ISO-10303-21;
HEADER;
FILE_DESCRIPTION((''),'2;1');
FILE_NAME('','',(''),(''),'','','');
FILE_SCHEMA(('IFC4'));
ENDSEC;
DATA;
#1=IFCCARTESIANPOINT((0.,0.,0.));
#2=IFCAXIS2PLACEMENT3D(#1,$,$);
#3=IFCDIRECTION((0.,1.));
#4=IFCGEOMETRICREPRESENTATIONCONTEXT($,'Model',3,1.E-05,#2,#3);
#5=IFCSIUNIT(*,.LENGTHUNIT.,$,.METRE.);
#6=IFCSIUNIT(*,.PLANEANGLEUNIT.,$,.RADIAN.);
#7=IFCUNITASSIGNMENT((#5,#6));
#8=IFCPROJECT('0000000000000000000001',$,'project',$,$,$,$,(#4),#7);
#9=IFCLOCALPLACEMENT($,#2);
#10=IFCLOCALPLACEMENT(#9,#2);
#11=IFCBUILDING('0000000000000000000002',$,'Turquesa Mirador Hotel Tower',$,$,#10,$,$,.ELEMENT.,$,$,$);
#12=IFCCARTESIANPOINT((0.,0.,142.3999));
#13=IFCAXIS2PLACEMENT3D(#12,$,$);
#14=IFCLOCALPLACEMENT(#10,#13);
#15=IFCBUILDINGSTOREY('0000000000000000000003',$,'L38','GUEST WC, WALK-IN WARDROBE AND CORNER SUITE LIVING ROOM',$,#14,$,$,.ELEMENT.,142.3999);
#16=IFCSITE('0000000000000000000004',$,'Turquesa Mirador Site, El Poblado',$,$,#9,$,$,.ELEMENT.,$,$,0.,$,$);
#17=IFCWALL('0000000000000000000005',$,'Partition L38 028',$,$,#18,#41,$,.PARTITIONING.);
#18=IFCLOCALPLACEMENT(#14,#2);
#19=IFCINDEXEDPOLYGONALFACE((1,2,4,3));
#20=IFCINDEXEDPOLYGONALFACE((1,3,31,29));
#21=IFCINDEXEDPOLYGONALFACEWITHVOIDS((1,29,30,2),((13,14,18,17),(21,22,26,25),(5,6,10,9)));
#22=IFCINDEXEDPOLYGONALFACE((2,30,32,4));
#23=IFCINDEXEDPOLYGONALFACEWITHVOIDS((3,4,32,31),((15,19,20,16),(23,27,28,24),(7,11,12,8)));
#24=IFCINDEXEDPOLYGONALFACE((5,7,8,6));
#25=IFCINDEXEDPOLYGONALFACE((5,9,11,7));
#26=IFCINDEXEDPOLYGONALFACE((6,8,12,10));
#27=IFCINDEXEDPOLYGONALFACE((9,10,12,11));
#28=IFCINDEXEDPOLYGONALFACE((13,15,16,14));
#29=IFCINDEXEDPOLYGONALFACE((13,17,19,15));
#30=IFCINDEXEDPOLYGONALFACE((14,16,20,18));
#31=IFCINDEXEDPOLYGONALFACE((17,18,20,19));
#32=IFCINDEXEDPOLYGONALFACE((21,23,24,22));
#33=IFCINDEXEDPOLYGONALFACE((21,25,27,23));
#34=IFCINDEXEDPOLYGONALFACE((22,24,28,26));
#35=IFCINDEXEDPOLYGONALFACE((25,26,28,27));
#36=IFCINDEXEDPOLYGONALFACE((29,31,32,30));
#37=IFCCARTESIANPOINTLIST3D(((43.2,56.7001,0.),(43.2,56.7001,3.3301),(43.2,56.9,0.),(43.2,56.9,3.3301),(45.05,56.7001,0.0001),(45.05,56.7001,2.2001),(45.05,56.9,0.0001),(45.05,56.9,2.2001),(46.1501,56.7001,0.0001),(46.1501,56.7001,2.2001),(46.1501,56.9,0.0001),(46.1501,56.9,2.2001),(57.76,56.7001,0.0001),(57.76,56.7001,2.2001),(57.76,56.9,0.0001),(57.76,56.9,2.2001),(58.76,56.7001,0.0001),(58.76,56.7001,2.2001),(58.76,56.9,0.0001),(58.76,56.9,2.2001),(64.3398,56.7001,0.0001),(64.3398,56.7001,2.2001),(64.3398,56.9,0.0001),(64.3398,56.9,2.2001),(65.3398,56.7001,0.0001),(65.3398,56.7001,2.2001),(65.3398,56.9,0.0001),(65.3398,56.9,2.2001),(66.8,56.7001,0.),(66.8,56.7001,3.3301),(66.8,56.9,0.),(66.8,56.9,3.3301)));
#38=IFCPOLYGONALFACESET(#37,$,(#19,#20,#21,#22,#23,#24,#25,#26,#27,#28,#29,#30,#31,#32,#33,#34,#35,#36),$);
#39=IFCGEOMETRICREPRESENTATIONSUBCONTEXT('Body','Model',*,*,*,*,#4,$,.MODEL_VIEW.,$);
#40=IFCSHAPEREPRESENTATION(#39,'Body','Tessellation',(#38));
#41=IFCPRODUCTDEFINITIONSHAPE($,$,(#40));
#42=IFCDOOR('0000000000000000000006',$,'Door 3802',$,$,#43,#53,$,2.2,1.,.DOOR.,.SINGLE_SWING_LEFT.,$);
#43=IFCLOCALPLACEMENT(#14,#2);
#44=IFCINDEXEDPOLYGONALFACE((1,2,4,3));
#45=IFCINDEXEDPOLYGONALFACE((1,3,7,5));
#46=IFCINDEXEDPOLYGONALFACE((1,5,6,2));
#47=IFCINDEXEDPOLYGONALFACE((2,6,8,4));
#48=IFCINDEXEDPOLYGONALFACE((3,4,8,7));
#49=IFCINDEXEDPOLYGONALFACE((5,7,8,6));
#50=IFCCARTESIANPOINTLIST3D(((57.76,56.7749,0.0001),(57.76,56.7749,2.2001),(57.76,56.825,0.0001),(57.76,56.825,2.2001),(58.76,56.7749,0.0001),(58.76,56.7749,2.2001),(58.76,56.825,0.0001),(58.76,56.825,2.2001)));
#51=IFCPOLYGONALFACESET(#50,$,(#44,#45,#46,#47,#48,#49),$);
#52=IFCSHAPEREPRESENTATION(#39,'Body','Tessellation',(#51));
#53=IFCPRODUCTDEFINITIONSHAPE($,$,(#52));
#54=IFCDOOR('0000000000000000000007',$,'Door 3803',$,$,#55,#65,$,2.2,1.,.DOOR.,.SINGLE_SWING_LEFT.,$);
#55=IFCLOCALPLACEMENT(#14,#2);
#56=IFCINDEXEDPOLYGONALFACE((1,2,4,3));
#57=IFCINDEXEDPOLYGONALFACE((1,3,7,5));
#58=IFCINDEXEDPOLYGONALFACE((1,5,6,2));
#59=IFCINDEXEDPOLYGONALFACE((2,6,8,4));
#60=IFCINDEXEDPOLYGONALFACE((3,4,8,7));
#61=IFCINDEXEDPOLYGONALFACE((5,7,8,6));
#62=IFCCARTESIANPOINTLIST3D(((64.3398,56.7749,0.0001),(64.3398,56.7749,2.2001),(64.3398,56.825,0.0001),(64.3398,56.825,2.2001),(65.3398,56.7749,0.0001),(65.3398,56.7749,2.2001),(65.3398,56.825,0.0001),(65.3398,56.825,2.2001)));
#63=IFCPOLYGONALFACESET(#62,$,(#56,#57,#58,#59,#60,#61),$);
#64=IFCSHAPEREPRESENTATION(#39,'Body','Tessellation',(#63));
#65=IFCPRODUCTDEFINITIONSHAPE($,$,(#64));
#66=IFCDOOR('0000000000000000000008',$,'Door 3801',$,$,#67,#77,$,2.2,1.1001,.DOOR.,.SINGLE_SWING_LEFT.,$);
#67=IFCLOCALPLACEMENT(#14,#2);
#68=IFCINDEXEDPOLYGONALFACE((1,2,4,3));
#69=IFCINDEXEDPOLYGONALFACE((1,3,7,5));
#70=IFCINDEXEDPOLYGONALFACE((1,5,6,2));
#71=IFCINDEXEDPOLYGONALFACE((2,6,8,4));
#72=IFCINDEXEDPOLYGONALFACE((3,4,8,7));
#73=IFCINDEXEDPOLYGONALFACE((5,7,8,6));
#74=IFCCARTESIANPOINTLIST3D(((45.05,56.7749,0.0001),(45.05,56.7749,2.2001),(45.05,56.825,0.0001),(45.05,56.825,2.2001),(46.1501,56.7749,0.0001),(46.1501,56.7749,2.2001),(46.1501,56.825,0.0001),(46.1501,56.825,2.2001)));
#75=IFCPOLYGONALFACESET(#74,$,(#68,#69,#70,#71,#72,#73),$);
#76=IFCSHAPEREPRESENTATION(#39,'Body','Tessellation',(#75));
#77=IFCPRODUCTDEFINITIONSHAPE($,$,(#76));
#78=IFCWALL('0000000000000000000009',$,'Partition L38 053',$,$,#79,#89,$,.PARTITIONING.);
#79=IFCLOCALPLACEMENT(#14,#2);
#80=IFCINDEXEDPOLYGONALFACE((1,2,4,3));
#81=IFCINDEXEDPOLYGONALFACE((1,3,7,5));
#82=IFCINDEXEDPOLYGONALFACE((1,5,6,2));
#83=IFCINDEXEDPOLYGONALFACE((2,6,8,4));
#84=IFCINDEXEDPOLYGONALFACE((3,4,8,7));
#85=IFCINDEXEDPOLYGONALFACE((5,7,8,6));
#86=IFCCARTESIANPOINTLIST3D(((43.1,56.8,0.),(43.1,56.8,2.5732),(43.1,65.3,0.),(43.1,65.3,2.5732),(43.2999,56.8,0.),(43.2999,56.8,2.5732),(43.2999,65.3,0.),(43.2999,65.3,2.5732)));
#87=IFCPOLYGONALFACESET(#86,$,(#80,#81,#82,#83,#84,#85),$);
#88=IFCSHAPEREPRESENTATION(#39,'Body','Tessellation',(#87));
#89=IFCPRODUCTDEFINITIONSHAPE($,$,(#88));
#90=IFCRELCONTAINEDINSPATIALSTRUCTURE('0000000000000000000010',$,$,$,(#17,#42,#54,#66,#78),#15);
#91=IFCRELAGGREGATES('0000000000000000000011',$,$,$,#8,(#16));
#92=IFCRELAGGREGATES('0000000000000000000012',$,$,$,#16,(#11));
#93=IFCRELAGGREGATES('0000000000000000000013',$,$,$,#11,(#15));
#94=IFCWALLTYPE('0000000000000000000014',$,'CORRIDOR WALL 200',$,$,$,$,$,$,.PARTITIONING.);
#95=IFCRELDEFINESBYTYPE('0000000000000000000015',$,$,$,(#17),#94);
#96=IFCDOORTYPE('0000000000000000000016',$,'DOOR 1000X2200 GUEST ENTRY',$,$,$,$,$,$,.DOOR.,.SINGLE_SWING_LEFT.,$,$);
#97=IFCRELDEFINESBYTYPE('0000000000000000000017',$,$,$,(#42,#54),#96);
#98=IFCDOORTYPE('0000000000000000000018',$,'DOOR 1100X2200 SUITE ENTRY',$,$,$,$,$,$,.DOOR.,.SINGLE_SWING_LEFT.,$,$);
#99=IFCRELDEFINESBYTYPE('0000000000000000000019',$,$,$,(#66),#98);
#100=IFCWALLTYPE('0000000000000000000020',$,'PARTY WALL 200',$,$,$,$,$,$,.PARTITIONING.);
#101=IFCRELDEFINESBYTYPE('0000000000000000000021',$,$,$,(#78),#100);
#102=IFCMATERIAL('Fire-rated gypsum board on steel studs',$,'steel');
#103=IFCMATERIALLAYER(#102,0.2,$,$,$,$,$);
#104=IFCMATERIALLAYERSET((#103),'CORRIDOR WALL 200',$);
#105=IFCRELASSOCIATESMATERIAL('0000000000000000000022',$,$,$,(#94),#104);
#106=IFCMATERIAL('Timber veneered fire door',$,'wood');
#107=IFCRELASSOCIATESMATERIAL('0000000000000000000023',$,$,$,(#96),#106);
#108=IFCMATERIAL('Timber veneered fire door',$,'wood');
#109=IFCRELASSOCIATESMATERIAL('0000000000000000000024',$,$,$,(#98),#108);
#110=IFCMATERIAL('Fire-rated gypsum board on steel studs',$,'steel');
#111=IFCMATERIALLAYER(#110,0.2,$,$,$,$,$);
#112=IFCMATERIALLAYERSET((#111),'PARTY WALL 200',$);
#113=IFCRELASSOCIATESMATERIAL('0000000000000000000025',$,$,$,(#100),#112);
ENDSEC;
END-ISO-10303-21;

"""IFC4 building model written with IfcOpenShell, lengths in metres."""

from ifc_helpers import new_model, si_unit, direction, frame, frame_2d, origin, place, context, subcontext, project, spatial, rectangle, extrude, material, layer, layer_set, type_object, element, fill, save


model = new_model("IFC4")

# Units and contexts
model_context = context("Model", 3, precision=1e-05, world=origin(), true_north=direction((0.0, 1.0)))
body_context = subcontext(model_context, "Body", "Model", "MODEL_VIEW")
ifc_project = project(units=[si_unit("LENGTHUNIT", "METRE"), si_unit("PLANEANGLEUNIT", "RADIAN")], contexts=[model_context])

# Site, building, storey
site_placement = place(None, origin())
site = spatial("IfcSite", under=ifc_project, at=site_placement, Name="Turquesa Mirador Site, El Poblado", CompositionType="ELEMENT", RefElevation=0.0)
building_placement = place(site_placement, origin())
building = spatial("IfcBuilding", under=site, at=building_placement, Name="Turquesa Mirador Hotel Tower", CompositionType="ELEMENT")
storey_placement = place(building_placement, frame((0.0, 0.0, 142.3999)))
storey = spatial("IfcBuildingStorey", under=building, at=storey_placement, Name="L38", Description="GUEST WC, WALK-IN WARDROBE AND CORNER SUITE LIVING ROOM", CompositionType="ELEMENT", Elevation=142.3999)

# Wall, openings, doors
ifc_material_1 = material(Name="Fire-rated gypsum board on steel studs", Category="steel")
ifc_layer_1 = layer(ifc_material_1, 0.2)
ifc_layer_set_1 = layer_set([ifc_layer_1], Name="CORRIDOR WALL 200")
wall_type_1 = type_object("IfcWallType", Name="CORRIDOR WALL 200", PredefinedType="PARTITIONING", material=ifc_layer_set_1)
wall_1_placement = place(storey_placement, frame((43.2, 56.8, 0.0), z_axis=(0.0, 0.0, 1.0), x_axis=(1.0, 0.0, 0.0)))
wall_1 = element("IfcWall", 1, at=wall_1_placement, inside=storey, type_object=wall_type_1, Name="Partition L38 028", PredefinedType="PARTITIONING", context=body_context, shape_type="SweptSolid", body=[
    extrude(rectangle(XDim=23.6001, YDim=0.2, at=frame_2d((11.8, 0.0))), origin(), (0.0, 0.0, 1.0), 3.3301),
])
opening_1_placement = place(wall_1_placement, frame((1.8501, 0.0, 0.0)))
opening_1 = element("IfcOpeningElement", 2, at=opening_1_placement, cuts=wall_1, PredefinedType="OPENING", context=body_context, shape_type="SweptSolid", body=[
    extrude(rectangle(XDim=1.1001, YDim=2.2, at=frame_2d((0.55, 1.1001))), frame((0.0, 0.1099, 0.0), z_axis=(0.0, -1.0, 0.0), x_axis=(1.0, 0.0, 0.0)), (0.0, 0.0, 1.0), 0.22),
])
opening_2_placement = place(wall_1_placement, frame((14.5601, 0.0, 0.0)))
opening_2 = element("IfcOpeningElement", 3, at=opening_2_placement, cuts=wall_1, PredefinedType="OPENING", context=body_context, shape_type="SweptSolid", body=[
    extrude(rectangle(XDim=1.0, YDim=2.2, at=frame_2d((0.5, 1.1001))), frame((0.0, 0.1099, 0.0), z_axis=(0.0, -1.0, 0.0), x_axis=(1.0, 0.0, 0.0)), (0.0, 0.0, 1.0), 0.22),
])
opening_3_placement = place(wall_1_placement, frame((21.1399, 0.0, 0.0)))
opening_3 = element("IfcOpeningElement", 4, at=opening_3_placement, cuts=wall_1, PredefinedType="OPENING", context=body_context, shape_type="SweptSolid", body=[
    extrude(rectangle(XDim=1.0, YDim=2.2, at=frame_2d((0.5, 1.1001))), frame((0.0, 0.1099, 0.0), z_axis=(0.0, -1.0, 0.0), x_axis=(1.0, 0.0, 0.0)), (0.0, 0.0, 1.0), 0.22),
])
ifc_material_2 = material(Name="Timber veneered fire door", Category="wood")
door_type_1 = type_object("IfcDoorType", Name="DOOR 1000X2200 GUEST ENTRY", OperationType="SINGLE_SWING_LEFT", PredefinedType="DOOR", material=ifc_material_2)
door_1_placement = place(opening_2_placement, origin())
door_1 = element("IfcDoor", 5, at=door_1_placement, inside=storey, type_object=door_type_1, Name="Door 3802", OperationType="SINGLE_SWING_LEFT", OverallHeight=2.2, OverallWidth=1.0, PredefinedType="DOOR", context=body_context, shape_type="SweptSolid", body=[
    extrude(rectangle(XDim=1.0, YDim=2.2, at=frame_2d((0.5, 1.1001))), frame((0.0, 0.0249, 0.0), z_axis=(0.0, -1.0, 0.0), x_axis=(1.0, 0.0, 0.0)), (0.0, 0.0, 1.0), 0.05),
])
fill(opening_2, door_1)
door_2_placement = place(opening_3_placement, origin())
door_2 = element("IfcDoor", 6, at=door_2_placement, inside=storey, type_object=door_type_1, Name="Door 3803", OperationType="SINGLE_SWING_LEFT", OverallHeight=2.2, OverallWidth=1.0, PredefinedType="DOOR", context=body_context, shape_type="SweptSolid", body=[
    extrude(rectangle(XDim=1.0, YDim=2.2, at=frame_2d((0.5, 1.1001))), frame((0.0, 0.0249, 0.0), z_axis=(0.0, -1.0, 0.0), x_axis=(1.0, 0.0, 0.0)), (0.0, 0.0, 1.0), 0.05),
])
fill(opening_3, door_2)
ifc_material_3 = material(Name="Timber veneered fire door", Category="wood")
door_type_2 = type_object("IfcDoorType", Name="DOOR 1100X2200 SUITE ENTRY", OperationType="SINGLE_SWING_LEFT", PredefinedType="DOOR", material=ifc_material_3)
door_3_placement = place(opening_1_placement, origin())
door_3 = element("IfcDoor", 7, at=door_3_placement, inside=storey, type_object=door_type_2, Name="Door 3801", OperationType="SINGLE_SWING_LEFT", OverallHeight=2.2, OverallWidth=1.1001, PredefinedType="DOOR", context=body_context, shape_type="SweptSolid", body=[
    extrude(rectangle(XDim=1.1001, YDim=2.2, at=frame_2d((0.55, 1.1001))), frame((0.0, 0.0249, 0.0), z_axis=(0.0, -1.0, 0.0), x_axis=(1.0, 0.0, 0.0)), (0.0, 0.0, 1.0), 0.05),
])
fill(opening_1, door_3)

# Wall
ifc_material_4 = material(Name="Fire-rated gypsum board on steel studs", Category="steel")
ifc_layer_2 = layer(ifc_material_4, 0.2)
ifc_layer_set_2 = layer_set([ifc_layer_2], Name="PARTY WALL 200")
wall_type_2 = type_object("IfcWallType", Name="PARTY WALL 200", PredefinedType="PARTITIONING", material=ifc_layer_set_2)
wall_2_placement = place(storey_placement, frame((43.2, 56.8, 0.0), z_axis=(0.0, 0.0, 1.0), x_axis=(0.0, 1.0, 0.0)))
element("IfcWall", 8, at=wall_2_placement, inside=storey, type_object=wall_type_2, Name="Partition L38 053", PredefinedType="PARTITIONING", context=body_context, shape_type="SweptSolid", body=[
    extrude(rectangle(XDim=8.5, YDim=0.2, at=frame_2d((4.25, 0.0))), origin(), (0.0, 0.0, 1.0), 2.5732),
])

save(model, "model.ifc")
